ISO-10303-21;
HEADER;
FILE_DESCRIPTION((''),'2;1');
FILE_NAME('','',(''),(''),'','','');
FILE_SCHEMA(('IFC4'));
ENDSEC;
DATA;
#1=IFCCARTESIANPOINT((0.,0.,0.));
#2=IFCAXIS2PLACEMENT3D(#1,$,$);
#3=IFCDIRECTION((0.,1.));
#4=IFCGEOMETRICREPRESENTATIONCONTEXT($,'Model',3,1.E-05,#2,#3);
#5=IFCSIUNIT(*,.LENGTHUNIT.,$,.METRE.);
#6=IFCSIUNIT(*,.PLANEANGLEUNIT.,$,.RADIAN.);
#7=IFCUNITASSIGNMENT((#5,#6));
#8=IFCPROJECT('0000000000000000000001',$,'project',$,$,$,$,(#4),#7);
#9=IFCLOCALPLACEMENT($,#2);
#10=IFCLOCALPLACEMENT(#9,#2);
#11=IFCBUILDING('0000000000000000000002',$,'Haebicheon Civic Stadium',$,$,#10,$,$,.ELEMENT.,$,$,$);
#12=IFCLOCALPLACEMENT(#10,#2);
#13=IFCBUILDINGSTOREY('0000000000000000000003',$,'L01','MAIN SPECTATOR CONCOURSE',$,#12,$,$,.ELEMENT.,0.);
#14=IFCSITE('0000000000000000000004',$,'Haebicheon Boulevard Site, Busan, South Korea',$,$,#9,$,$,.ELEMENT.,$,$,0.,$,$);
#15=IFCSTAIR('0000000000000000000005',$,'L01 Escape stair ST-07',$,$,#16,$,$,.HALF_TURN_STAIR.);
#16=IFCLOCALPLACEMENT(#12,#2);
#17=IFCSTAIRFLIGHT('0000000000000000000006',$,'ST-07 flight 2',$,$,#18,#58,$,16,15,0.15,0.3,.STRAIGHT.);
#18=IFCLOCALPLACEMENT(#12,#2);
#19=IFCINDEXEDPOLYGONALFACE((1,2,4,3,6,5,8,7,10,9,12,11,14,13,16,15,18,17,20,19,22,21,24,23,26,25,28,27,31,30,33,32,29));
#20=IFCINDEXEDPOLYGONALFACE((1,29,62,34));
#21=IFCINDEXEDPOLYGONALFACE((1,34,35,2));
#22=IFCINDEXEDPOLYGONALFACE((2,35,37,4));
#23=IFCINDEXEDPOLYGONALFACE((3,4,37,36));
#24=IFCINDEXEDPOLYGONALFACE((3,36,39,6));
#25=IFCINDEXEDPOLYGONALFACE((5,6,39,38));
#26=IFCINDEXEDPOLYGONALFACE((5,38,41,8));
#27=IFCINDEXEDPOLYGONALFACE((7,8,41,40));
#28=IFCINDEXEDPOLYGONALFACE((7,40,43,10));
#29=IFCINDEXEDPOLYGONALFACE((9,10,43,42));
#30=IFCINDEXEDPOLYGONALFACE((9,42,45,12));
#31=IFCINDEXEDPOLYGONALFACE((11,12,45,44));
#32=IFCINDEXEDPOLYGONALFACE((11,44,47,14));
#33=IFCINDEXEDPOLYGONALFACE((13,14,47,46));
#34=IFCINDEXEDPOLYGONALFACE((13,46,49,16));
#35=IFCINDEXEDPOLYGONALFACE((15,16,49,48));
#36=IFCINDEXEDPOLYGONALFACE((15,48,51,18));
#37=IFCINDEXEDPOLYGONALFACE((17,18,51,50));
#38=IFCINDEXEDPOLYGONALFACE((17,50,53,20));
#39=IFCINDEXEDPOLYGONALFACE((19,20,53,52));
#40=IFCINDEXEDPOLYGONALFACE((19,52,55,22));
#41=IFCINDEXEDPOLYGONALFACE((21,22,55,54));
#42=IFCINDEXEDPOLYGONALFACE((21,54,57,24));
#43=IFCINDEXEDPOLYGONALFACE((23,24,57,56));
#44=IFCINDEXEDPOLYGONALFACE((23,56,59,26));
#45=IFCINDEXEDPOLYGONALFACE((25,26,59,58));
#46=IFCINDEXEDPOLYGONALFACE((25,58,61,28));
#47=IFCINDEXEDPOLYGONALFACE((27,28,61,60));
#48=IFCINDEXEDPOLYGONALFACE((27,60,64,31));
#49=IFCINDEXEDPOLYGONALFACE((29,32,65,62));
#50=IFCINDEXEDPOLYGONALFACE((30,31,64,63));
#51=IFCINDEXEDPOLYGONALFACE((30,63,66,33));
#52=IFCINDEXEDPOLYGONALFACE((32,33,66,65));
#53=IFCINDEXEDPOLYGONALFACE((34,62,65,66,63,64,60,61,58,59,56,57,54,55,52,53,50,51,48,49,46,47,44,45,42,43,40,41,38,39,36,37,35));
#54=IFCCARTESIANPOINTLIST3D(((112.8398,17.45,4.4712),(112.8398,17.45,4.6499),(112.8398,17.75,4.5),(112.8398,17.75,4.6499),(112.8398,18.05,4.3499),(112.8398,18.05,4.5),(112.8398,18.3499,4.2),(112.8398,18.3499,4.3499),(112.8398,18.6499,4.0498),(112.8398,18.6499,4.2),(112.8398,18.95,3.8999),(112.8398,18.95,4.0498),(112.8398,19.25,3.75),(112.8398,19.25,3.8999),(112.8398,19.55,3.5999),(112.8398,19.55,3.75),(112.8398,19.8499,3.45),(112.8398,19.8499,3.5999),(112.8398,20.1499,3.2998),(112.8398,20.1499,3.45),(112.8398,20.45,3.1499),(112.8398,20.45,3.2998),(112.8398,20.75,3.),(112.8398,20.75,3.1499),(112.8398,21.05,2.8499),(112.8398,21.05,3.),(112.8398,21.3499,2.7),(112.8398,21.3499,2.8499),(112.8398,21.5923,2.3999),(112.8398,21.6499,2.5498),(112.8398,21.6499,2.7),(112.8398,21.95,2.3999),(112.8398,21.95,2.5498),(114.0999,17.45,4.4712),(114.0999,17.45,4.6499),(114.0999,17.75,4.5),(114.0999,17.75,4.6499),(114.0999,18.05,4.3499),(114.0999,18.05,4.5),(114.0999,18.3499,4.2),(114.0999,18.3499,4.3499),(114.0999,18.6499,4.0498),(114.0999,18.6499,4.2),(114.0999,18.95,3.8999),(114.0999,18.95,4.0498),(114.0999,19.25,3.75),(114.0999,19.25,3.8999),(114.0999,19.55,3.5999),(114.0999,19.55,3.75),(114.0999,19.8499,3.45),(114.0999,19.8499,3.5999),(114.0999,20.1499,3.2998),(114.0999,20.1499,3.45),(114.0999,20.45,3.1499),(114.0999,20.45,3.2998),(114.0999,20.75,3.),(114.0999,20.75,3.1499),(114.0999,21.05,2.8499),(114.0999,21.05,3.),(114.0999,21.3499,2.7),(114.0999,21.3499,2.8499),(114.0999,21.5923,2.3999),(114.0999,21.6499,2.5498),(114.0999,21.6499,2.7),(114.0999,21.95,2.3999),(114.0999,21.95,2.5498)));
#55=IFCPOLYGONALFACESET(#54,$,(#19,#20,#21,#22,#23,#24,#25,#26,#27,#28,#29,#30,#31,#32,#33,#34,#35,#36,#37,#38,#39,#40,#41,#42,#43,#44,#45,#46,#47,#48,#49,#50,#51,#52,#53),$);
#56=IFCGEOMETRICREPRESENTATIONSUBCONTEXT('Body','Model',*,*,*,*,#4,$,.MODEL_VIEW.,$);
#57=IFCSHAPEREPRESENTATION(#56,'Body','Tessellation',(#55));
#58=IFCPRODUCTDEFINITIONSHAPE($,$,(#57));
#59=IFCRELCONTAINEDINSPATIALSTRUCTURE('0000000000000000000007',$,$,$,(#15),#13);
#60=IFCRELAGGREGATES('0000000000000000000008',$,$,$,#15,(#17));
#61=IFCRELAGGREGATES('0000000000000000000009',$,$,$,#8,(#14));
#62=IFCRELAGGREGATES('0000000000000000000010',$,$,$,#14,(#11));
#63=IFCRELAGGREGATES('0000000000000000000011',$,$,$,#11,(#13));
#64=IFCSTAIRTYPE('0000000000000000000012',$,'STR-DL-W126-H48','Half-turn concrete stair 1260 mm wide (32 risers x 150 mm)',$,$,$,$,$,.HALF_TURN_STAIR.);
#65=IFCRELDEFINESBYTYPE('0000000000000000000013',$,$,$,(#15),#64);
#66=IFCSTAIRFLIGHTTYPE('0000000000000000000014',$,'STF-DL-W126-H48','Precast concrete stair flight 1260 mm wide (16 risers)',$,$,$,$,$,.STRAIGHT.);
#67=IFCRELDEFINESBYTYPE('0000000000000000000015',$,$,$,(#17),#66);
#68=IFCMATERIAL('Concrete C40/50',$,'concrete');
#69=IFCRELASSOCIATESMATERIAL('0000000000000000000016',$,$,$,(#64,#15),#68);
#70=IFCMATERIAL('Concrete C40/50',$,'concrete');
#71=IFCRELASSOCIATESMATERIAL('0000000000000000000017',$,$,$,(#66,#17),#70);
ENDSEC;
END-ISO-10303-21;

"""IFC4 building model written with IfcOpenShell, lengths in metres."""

from ifc_helpers import new_model, si_unit, direction, frame, origin, place, context, subcontext, project, spatial, polyline, outline, extrude, material, type_object, element, aggregate, save


model = new_model("IFC4")

# Units and contexts
model_context = context("Model", 3, precision=1e-05, world=origin(), true_north=direction((0.0, 1.0)))
body_context = subcontext(model_context, "Body", "Model", "MODEL_VIEW")
ifc_project = project(units=[si_unit("LENGTHUNIT", "METRE"), si_unit("PLANEANGLEUNIT", "RADIAN")], contexts=[model_context])

# Site, building, storey
site_placement = place(None, origin())
site = spatial("IfcSite", under=ifc_project, at=site_placement, Name="Haebicheon Boulevard Site, Busan, South Korea", CompositionType="ELEMENT", RefElevation=0.0)
building_placement = place(site_placement, origin())
building = spatial("IfcBuilding", under=site, at=building_placement, Name="Haebicheon Civic Stadium", CompositionType="ELEMENT")
storey_placement = place(building_placement, origin())
storey = spatial("IfcBuildingStorey", under=building, at=storey_placement, Name="L01", Description="MAIN SPECTATOR CONCOURSE", CompositionType="ELEMENT", Elevation=0.0)

# Stair, stair flight
ifc_material_1 = material(Name="Concrete C40/50", Category="concrete")
stair_type = type_object("IfcStairType", Name="STR-DL-W126-H48", Description="Half-turn concrete stair 1260 mm wide (32 risers x 150 mm)", PredefinedType="HALF_TURN_STAIR", material=ifc_material_1)
stair_placement = place(storey_placement, origin())
stair = element("IfcStair", 1, at=stair_placement, inside=storey, type_object=stair_type, material=ifc_material_1, Name="L01 Escape stair ST-07", PredefinedType="HALF_TURN_STAIR")
ifc_material_2 = material(Name="Concrete C40/50", Category="concrete")
stair_flight_type = type_object("IfcStairFlightType", Name="STF-DL-W126-H48", Description="Precast concrete stair flight 1260 mm wide (16 risers)", PredefinedType="STRAIGHT", material=ifc_material_2)
stair_flight_1_placement = place(storey_placement, frame((113.47, 21.95, 2.3999), z_axis=(0.0, 0.0, 1.0), x_axis=(0.0, -1.0, 0.0)))
stair_flight_1 = element("IfcStairFlight", 2, at=stair_flight_1_placement, type_object=stair_flight_type, material=ifc_material_2, Name="ST-07 flight 2", NumberOfRisers=16, NumberOfTreads=15, PredefinedType="STRAIGHT", RiserHeight=0.15, TreadLength=0.3, context=body_context, shape_type="SweptSolid", body=[
    extrude(outline(polyline([(0.0, 0.0), (0.0, 0.1499), (0.3, 0.1499), (0.3, 0.3), (0.6001, 0.3), (0.6001, 0.45), (0.8999, 0.45), (0.8999, 0.6001), (1.2, 0.6001), (1.2, 0.75), (1.5, 0.75), (1.5, 0.8999), (1.8, 0.8999), (1.8, 1.05), (2.1001, 1.05), (2.1001, 1.2), (2.3999, 1.2), (2.3999, 1.3501), (2.7, 1.3501), (2.7, 1.5), (3.0, 1.5), (3.0, 1.6499), (3.3, 1.6499), (3.3, 1.8), (3.6001, 1.8), (3.6001, 1.95), (3.8999, 1.95), (3.8999, 2.1001), (4.2, 2.1001), (4.2, 2.25), (4.5, 2.25), (4.5, 2.3999), (4.5, 2.0713), (0.3577, 0.0), (0.0, 0.0)])), frame((0.0, 0.6299, 0.0), z_axis=(0.0, -1.0, 0.0), x_axis=(1.0, 0.0, 0.0)), (0.0, 0.0, 1.0), 1.26),
])
aggregate(stair, [stair_flight_1])

save(model, "model.ifc")
